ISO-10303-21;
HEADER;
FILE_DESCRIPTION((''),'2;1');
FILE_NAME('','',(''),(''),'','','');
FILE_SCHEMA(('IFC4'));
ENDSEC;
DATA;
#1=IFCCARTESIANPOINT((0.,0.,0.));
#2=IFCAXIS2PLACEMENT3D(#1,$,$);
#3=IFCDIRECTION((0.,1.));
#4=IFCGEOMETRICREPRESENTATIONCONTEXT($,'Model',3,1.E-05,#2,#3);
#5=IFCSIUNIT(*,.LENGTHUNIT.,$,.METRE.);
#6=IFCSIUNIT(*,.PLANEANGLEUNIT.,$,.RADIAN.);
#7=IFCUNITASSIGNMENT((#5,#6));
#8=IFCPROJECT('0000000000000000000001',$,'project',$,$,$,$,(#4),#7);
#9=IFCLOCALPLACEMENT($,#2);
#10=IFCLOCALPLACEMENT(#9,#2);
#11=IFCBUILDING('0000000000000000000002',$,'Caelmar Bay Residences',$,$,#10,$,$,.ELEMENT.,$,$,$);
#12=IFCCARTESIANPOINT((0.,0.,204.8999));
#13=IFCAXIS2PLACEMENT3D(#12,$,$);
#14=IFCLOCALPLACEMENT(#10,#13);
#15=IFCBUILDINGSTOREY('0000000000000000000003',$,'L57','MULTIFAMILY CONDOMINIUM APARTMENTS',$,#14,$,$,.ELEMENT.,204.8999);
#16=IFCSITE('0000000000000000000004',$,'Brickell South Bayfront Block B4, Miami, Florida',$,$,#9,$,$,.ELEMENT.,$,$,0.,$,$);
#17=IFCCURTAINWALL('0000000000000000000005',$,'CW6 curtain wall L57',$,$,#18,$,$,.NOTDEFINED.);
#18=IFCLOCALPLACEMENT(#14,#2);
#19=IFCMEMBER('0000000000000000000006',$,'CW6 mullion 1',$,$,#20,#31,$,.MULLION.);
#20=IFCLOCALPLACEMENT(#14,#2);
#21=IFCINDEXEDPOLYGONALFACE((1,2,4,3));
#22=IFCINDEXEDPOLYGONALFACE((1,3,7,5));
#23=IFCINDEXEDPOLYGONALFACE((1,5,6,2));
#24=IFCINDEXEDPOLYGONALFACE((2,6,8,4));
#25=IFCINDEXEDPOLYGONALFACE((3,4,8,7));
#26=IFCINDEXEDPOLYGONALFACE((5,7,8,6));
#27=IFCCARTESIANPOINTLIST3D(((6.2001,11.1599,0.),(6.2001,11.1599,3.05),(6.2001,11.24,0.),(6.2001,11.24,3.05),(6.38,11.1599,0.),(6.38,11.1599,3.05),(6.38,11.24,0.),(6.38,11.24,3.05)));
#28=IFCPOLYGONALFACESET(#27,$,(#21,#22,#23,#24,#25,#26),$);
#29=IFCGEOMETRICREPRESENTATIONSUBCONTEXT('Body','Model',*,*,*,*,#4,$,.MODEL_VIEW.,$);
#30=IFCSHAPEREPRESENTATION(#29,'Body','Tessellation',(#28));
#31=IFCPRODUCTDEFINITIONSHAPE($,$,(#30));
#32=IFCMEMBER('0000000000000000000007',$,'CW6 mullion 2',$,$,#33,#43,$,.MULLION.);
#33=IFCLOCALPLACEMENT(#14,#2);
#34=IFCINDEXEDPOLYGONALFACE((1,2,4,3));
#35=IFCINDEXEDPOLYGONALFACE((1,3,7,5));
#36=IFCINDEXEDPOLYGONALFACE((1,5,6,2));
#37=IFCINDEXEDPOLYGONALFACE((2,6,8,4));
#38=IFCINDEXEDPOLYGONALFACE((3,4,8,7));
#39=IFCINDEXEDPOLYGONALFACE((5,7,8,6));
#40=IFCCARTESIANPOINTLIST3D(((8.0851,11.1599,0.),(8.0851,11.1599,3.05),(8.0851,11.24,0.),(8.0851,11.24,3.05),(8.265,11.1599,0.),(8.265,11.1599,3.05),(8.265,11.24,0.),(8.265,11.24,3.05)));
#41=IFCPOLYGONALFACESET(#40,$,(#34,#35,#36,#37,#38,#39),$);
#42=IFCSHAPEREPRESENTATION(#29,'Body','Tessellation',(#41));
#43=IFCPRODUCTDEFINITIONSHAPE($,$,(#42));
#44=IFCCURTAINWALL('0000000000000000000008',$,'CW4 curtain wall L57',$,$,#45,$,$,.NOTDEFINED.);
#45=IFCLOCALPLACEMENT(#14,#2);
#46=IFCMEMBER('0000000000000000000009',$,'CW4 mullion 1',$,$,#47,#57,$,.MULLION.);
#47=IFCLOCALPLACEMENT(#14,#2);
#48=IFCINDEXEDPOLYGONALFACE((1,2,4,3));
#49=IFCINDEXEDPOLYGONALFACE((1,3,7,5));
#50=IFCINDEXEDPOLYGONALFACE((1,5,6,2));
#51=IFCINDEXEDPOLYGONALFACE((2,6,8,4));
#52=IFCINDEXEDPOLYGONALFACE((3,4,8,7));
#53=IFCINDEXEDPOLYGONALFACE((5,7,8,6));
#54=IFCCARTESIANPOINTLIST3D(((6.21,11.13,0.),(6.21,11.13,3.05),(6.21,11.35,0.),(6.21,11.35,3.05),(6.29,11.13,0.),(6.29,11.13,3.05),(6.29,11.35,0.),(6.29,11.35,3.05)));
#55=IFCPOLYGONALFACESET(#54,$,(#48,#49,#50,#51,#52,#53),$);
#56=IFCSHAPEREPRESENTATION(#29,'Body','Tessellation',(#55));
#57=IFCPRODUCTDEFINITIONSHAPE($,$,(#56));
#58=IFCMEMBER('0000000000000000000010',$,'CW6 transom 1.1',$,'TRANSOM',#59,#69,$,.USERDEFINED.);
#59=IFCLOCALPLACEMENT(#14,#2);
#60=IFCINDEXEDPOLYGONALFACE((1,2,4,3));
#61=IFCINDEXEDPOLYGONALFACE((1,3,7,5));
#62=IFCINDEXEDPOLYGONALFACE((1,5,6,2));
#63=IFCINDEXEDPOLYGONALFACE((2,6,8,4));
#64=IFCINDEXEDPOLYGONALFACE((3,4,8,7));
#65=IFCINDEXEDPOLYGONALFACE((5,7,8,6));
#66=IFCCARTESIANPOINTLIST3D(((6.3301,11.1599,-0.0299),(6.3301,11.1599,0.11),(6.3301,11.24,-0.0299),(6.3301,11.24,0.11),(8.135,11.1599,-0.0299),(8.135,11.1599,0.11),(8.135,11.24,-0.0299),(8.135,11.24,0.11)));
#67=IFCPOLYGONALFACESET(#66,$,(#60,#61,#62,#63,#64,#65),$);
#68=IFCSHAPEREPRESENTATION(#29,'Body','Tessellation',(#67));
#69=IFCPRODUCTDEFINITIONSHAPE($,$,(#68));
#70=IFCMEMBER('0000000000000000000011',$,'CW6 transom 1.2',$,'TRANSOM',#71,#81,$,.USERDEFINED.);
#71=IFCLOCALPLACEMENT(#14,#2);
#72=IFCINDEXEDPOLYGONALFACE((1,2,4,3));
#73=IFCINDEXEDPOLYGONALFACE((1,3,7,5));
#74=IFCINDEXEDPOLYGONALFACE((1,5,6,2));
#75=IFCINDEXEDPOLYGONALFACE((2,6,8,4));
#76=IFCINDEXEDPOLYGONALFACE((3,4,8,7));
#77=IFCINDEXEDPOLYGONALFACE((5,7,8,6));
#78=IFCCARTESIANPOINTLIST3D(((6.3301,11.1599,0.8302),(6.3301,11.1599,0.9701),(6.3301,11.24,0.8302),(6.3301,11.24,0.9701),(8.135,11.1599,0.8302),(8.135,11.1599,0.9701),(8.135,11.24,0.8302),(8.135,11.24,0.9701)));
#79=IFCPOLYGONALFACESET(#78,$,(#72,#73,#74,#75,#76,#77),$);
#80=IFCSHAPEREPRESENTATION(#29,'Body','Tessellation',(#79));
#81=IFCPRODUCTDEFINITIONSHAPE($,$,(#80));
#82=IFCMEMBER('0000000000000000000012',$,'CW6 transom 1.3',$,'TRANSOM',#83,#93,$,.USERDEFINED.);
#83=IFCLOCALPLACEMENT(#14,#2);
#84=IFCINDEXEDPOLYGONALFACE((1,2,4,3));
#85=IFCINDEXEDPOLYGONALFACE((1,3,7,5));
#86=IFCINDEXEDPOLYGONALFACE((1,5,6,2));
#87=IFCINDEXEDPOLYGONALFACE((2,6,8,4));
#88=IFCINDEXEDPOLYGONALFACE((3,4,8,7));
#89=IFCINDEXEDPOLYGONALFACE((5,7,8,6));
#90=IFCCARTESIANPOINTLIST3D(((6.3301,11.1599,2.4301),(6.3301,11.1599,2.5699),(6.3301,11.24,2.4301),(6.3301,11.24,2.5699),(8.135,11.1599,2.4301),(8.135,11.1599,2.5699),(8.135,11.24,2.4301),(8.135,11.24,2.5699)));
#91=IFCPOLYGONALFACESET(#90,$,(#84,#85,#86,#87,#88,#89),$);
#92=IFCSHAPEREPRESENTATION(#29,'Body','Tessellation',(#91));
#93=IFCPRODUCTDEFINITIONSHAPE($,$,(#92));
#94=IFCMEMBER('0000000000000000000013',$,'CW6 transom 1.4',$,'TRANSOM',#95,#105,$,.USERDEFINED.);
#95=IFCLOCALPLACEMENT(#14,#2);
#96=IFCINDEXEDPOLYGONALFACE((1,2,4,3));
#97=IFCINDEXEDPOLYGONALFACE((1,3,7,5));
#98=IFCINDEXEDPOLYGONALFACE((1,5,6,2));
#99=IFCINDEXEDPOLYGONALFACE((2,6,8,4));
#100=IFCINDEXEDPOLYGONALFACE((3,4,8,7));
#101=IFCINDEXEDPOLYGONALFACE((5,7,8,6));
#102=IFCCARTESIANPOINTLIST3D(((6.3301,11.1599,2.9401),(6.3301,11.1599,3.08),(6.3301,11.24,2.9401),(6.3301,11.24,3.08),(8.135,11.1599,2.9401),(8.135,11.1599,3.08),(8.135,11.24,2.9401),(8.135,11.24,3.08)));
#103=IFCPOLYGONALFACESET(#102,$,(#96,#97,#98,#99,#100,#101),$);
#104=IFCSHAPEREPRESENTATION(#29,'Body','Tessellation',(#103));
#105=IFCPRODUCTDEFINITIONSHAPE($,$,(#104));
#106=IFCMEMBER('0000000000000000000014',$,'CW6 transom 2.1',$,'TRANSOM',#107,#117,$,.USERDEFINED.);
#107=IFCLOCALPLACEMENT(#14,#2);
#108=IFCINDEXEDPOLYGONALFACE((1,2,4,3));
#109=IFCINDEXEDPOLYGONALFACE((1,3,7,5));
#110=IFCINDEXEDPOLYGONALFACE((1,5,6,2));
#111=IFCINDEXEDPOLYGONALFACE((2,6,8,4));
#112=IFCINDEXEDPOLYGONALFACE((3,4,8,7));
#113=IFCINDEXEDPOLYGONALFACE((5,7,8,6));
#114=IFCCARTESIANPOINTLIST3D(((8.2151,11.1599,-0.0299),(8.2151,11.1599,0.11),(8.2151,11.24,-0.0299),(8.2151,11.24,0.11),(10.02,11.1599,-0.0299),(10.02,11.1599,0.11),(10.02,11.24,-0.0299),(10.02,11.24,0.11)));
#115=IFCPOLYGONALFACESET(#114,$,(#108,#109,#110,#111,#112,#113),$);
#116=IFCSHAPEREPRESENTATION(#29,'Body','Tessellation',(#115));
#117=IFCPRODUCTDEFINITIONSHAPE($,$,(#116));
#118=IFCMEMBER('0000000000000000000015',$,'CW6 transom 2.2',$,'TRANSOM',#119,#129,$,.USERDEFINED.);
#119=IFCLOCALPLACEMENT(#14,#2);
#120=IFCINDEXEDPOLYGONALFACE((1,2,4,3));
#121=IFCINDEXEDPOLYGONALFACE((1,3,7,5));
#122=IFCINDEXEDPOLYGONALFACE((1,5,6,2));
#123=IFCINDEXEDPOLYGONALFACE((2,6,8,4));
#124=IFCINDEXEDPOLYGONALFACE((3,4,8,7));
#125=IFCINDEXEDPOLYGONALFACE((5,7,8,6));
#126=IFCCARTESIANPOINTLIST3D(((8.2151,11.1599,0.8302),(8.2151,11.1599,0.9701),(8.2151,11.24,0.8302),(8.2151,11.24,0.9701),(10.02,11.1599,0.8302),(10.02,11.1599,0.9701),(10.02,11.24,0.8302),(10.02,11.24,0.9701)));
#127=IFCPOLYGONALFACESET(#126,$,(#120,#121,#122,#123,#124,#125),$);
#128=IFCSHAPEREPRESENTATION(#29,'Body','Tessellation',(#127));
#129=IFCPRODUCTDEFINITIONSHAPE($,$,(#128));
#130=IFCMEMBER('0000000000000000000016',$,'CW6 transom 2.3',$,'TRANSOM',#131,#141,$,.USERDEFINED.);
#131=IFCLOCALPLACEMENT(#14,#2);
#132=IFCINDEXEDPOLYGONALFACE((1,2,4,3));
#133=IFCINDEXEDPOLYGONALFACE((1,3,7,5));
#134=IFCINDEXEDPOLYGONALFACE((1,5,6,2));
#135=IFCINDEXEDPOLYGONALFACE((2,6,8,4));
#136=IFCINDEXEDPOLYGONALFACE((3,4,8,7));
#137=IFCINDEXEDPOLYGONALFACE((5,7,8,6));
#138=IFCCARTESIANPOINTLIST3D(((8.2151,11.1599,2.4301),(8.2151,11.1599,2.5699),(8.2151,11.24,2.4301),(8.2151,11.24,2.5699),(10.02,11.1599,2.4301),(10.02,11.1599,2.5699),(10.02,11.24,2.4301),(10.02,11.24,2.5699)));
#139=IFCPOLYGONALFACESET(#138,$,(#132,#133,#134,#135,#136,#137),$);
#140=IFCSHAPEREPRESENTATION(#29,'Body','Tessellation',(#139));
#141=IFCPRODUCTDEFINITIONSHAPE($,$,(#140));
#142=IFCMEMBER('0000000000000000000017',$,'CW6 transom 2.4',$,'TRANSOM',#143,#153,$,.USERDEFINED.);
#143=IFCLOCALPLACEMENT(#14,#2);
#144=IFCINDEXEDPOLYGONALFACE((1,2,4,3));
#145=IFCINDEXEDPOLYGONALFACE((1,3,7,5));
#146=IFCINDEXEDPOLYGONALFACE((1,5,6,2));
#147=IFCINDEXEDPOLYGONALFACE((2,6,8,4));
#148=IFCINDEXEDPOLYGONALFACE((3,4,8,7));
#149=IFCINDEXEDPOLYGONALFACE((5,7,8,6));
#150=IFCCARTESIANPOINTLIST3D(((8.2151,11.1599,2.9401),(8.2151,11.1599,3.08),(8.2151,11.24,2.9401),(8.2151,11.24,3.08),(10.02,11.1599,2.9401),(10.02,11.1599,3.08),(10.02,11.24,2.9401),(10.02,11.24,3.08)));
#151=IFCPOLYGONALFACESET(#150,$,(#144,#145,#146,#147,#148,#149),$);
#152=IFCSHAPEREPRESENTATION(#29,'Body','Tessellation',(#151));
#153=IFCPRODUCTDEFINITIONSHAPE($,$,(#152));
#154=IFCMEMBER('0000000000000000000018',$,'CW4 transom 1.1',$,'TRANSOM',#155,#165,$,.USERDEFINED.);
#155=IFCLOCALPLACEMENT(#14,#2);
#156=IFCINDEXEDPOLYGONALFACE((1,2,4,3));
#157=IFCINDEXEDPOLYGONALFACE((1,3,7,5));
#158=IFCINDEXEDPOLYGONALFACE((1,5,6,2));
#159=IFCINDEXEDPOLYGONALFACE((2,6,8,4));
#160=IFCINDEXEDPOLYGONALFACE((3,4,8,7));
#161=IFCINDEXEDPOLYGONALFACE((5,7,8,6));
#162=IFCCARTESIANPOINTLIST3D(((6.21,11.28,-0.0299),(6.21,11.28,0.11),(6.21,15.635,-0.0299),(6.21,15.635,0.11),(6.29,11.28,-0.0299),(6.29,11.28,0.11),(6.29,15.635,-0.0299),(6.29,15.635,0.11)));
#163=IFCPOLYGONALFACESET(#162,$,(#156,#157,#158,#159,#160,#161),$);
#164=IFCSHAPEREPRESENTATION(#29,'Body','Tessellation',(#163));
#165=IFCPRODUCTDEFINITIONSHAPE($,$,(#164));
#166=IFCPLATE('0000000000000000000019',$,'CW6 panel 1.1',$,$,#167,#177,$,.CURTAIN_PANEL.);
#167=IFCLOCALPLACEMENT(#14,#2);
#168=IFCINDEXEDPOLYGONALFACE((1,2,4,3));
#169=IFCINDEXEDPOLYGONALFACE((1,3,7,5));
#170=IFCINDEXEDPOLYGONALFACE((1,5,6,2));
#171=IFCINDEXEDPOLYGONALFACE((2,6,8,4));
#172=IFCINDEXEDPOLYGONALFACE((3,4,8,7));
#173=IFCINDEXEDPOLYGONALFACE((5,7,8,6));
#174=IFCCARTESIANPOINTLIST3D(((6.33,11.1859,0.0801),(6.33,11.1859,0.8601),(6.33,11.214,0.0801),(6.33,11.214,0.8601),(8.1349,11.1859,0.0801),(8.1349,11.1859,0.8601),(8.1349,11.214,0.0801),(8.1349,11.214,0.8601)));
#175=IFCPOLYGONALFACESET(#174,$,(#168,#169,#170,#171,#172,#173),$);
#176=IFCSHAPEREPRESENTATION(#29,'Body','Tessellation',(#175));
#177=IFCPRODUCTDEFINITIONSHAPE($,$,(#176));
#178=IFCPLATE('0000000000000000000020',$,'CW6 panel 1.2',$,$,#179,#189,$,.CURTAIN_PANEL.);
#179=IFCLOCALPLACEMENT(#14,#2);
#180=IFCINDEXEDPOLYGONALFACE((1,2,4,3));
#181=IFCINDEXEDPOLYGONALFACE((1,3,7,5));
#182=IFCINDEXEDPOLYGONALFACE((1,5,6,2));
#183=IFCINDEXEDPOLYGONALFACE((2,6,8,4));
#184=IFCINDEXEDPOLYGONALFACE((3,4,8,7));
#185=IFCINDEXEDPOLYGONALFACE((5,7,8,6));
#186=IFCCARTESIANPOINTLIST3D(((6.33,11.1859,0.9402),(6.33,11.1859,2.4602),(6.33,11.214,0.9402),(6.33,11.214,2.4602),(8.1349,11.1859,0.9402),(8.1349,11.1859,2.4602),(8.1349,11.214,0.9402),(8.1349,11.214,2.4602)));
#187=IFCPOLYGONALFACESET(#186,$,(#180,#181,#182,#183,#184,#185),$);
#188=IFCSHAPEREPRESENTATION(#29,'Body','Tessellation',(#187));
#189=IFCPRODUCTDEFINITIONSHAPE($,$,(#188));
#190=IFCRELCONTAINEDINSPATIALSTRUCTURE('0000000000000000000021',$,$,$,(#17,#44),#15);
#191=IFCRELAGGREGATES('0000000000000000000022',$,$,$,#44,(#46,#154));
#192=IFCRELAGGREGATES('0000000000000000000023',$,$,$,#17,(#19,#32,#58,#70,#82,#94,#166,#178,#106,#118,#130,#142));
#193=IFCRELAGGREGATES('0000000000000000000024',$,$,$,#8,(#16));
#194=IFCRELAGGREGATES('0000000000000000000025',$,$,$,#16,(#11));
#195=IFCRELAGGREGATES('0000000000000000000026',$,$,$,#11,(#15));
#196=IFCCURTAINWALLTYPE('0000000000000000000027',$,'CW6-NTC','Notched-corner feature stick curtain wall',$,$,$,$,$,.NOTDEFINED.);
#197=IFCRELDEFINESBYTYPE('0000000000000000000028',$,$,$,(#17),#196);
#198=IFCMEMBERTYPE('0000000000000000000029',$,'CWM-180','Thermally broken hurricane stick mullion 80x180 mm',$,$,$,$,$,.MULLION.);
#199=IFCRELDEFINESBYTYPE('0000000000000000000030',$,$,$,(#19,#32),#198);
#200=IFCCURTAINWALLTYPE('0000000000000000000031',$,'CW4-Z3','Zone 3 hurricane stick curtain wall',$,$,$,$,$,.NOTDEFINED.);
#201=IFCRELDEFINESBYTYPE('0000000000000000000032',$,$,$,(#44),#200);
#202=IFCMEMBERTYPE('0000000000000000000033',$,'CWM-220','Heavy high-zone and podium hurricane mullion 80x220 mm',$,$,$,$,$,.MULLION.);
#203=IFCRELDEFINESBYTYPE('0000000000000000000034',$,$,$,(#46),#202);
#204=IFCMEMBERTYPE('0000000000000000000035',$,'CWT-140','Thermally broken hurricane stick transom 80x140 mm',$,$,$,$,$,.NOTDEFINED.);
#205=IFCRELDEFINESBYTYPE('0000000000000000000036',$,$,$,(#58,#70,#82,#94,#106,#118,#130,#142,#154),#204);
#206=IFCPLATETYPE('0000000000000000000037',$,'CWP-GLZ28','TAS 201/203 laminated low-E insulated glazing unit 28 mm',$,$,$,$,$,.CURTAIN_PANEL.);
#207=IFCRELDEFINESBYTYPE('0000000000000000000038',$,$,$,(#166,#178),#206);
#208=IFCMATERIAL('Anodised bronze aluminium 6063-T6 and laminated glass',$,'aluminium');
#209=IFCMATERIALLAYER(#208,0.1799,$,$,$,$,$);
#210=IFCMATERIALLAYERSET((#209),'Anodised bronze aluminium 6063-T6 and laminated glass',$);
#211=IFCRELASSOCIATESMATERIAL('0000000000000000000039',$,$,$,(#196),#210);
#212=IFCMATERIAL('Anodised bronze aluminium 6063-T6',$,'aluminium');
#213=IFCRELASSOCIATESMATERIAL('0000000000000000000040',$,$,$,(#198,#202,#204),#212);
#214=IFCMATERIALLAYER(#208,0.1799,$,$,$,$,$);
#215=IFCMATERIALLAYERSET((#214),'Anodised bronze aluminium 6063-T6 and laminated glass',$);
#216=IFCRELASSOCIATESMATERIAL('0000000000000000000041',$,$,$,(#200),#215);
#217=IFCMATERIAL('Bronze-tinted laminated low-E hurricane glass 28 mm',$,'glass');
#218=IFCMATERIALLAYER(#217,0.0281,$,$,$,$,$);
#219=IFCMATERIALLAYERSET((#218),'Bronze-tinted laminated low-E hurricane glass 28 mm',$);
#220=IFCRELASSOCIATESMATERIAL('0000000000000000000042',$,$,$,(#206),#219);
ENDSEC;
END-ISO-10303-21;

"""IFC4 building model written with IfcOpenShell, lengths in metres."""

from ifc_helpers import new_model, si_unit, direction, frame, origin, origin_2d, place, context, subcontext, project, spatial, rectangle, extrude, material, layer, layer_set, material_profile, profile_set, type_object, element, aggregate, save


model = new_model("IFC4")

# Units and contexts
model_context = context("Model", 3, precision=1e-05, world=origin(), true_north=direction((0.0, 1.0)))
body_context = subcontext(model_context, "Body", "Model", "MODEL_VIEW")
ifc_project = project(units=[si_unit("LENGTHUNIT", "METRE"), si_unit("PLANEANGLEUNIT", "RADIAN")], contexts=[model_context])

# Site, building, storey
site_placement = place(None, origin())
site = spatial("IfcSite", under=ifc_project, at=site_placement, Name="Brickell South Bayfront Block B4, Miami, Florida", CompositionType="ELEMENT", RefElevation=0.0)
building_placement = place(site_placement, origin())
building = spatial("IfcBuilding", under=site, at=building_placement, Name="Caelmar Bay Residences", CompositionType="ELEMENT")
storey_placement = place(building_placement, frame((0.0, 0.0, 204.8999)))
storey = spatial("IfcBuildingStorey", under=building, at=storey_placement, Name="L57", Description="MULTIFAMILY CONDOMINIUM APARTMENTS", CompositionType="ELEMENT", Elevation=204.8999)

# Curtain wall, members
ifc_material_1 = material(Name="Anodised bronze aluminium 6063-T6 and laminated glass", Category="aluminium")
ifc_layer_1 = layer(ifc_material_1, 0.1799)
ifc_layer_set_1 = layer_set([ifc_layer_1], Name="Anodised bronze aluminium 6063-T6 and laminated glass")
curtain_wall_type_1 = type_object("IfcCurtainWallType", Name="CW6-NTC", Description="Notched-corner feature stick curtain wall", PredefinedType="NOTDEFINED", material=ifc_layer_set_1)
curtain_wall_1_placement = place(storey_placement, origin())
curtain_wall_1 = element("IfcCurtainWall", 1, at=curtain_wall_1_placement, inside=storey, type_object=curtain_wall_type_1, Name="CW6 curtain wall L57", PredefinedType="NOTDEFINED")
ifc_material_2 = material(Name="Anodised bronze aluminium 6063-T6", Category="aluminium")
ifc_material_profile_1 = material_profile(ifc_material_2, rectangle(XDim=0.0801, YDim=0.1799, at=origin_2d()), Name="CWM-80X180")
ifc_profile_set_1 = profile_set([ifc_material_profile_1], Name="Anodised bronze aluminium 6063-T6")
member_type_1 = type_object("IfcMemberType", Name="CWM-180", Description="Thermally broken hurricane stick mullion 80x180 mm", PredefinedType="MULLION", material=ifc_profile_set_1)
member_1_placement = place(storey_placement, frame((6.29, 11.2, 0.0), z_axis=(0.0, 0.0, 1.0), x_axis=(0.0, 1.0, 0.0)))
member_1 = element("IfcMember", 2, at=member_1_placement, type_object=member_type_1, Name="CW6 mullion 1", PredefinedType="MULLION", context=body_context, shape_type="SweptSolid", body=[
    extrude(rectangle(XDim=0.0801, YDim=0.1799, at=origin_2d()), origin(), (0.0, 0.0, 1.0), 3.05),
])
member_2_placement = place(storey_placement, frame((8.175, 11.2, 0.0), z_axis=(0.0, 0.0, 1.0), x_axis=(0.0, 1.0, 0.0)))
member_2 = element("IfcMember", 3, at=member_2_placement, type_object=member_type_1, Name="CW6 mullion 2", PredefinedType="MULLION", context=body_context, shape_type="SweptSolid", body=[
    extrude(rectangle(XDim=0.0801, YDim=0.1799, at=origin_2d()), origin(), (0.0, 0.0, 1.0), 3.05),
])

# Curtain wall, member
ifc_layer_2 = layer(ifc_material_1, 0.1799)
ifc_layer_set_2 = layer_set([ifc_layer_2], Name="Anodised bronze aluminium 6063-T6 and laminated glass")
curtain_wall_type_2 = type_object("IfcCurtainWallType", Name="CW4-Z3", Description="Zone 3 hurricane stick curtain wall", PredefinedType="NOTDEFINED", material=ifc_layer_set_2)
curtain_wall_2_placement = place(storey_placement, origin())
curtain_wall_2 = element("IfcCurtainWall", 4, at=curtain_wall_2_placement, inside=storey, type_object=curtain_wall_type_2, Name="CW4 curtain wall L57", PredefinedType="NOTDEFINED")
ifc_material_profile_2 = material_profile(ifc_material_2, rectangle(XDim=0.0801, YDim=0.22, at=origin_2d()), Name="CWM-80X220")
ifc_profile_set_2 = profile_set([ifc_material_profile_2], Name="Anodised bronze aluminium 6063-T6")
member_type_2 = type_object("IfcMemberType", Name="CWM-220", Description="Heavy high-zone and podium hurricane mullion 80x220 mm", PredefinedType="MULLION", material=ifc_profile_set_2)
member_3_placement = place(storey_placement, frame((6.25, 11.24, 0.0), z_axis=(0.0, 0.0, 1.0), x_axis=(-1.0, 0.0, 0.0)))
member_3 = element("IfcMember", 5, at=member_3_placement, type_object=member_type_2, Name="CW4 mullion 1", PredefinedType="MULLION", context=body_context, shape_type="SweptSolid", body=[
    extrude(rectangle(XDim=0.0801, YDim=0.22, at=origin_2d()), origin(), (0.0, 0.0, 1.0), 3.05),
])

# Members
ifc_material_profile_3 = material_profile(ifc_material_2, rectangle(XDim=0.0801, YDim=0.1399, at=origin_2d()), Name="CWT-80X140")
ifc_profile_set_3 = profile_set([ifc_material_profile_3], Name="Anodised bronze aluminium 6063-T6")
member_type_3 = type_object("IfcMemberType", Name="CWT-140", Description="Thermally broken hurricane stick transom 80x140 mm", PredefinedType="NOTDEFINED", material=ifc_profile_set_3)
member_4_placement = place(storey_placement, frame((6.3301, 11.2, 0.04), z_axis=(1.0, 0.0, 0.0), x_axis=(0.0, 1.0, 0.0)))
member_4 = element("IfcMember", 6, at=member_4_placement, type_object=member_type_3, Name="CW6 transom 1.1", ObjectType="TRANSOM", PredefinedType="USERDEFINED", context=body_context, shape_type="SweptSolid", body=[
    extrude(rectangle(XDim=0.0801, YDim=0.1399, at=origin_2d()), origin(), (0.0, 0.0, 1.0), 1.8049),
])
member_5_placement = place(storey_placement, frame((6.3301, 11.2, 0.9001), z_axis=(1.0, 0.0, 0.0), x_axis=(0.0, 1.0, 0.0)))
member_5 = element("IfcMember", 7, at=member_5_placement, type_object=member_type_3, Name="CW6 transom 1.2", ObjectType="TRANSOM", PredefinedType="USERDEFINED", context=body_context, shape_type="SweptSolid", body=[
    extrude(rectangle(XDim=0.0801, YDim=0.1399, at=origin_2d()), origin(), (0.0, 0.0, 1.0), 1.8049),
])
member_6_placement = place(storey_placement, frame((6.3301, 11.2, 2.5), z_axis=(1.0, 0.0, 0.0), x_axis=(0.0, 1.0, 0.0)))
member_6 = element("IfcMember", 8, at=member_6_placement, type_object=member_type_3, Name="CW6 transom 1.3", ObjectType="TRANSOM", PredefinedType="USERDEFINED", context=body_context, shape_type="SweptSolid", body=[
    extrude(rectangle(XDim=0.0801, YDim=0.1399, at=origin_2d()), origin(), (0.0, 0.0, 1.0), 1.8049),
])
member_7_placement = place(storey_placement, frame((6.3301, 11.2, 3.01), z_axis=(1.0, 0.0, 0.0), x_axis=(0.0, 1.0, 0.0)))
member_7 = element("IfcMember", 9, at=member_7_placement, type_object=member_type_3, Name="CW6 transom 1.4", ObjectType="TRANSOM", PredefinedType="USERDEFINED", context=body_context, shape_type="SweptSolid", body=[
    extrude(rectangle(XDim=0.0801, YDim=0.1399, at=origin_2d()), origin(), (0.0, 0.0, 1.0), 1.8049),
])
member_8_placement = place(storey_placement, frame((8.2151, 11.2, 0.04), z_axis=(1.0, 0.0, 0.0), x_axis=(0.0, 1.0, 0.0)))
member_8 = element("IfcMember", 10, at=member_8_placement, type_object=member_type_3, Name="CW6 transom 2.1", ObjectType="TRANSOM", PredefinedType="USERDEFINED", context=body_context, shape_type="SweptSolid", body=[
    extrude(rectangle(XDim=0.0801, YDim=0.1399, at=origin_2d()), origin(), (0.0, 0.0, 1.0), 1.8049),
])
member_9_placement = place(storey_placement, frame((8.2151, 11.2, 0.9001), z_axis=(1.0, 0.0, 0.0), x_axis=(0.0, 1.0, 0.0)))
member_9 = element("IfcMember", 11, at=member_9_placement, type_object=member_type_3, Name="CW6 transom 2.2", ObjectType="TRANSOM", PredefinedType="USERDEFINED", context=body_context, shape_type="SweptSolid", body=[
    extrude(rectangle(XDim=0.0801, YDim=0.1399, at=origin_2d()), origin(), (0.0, 0.0, 1.0), 1.8049),
])
member_10_placement = place(storey_placement, frame((8.2151, 11.2, 2.5), z_axis=(1.0, 0.0, 0.0), x_axis=(0.0, 1.0, 0.0)))
member_10 = element("IfcMember", 12, at=member_10_placement, type_object=member_type_3, Name="CW6 transom 2.3", ObjectType="TRANSOM", PredefinedType="USERDEFINED", context=body_context, shape_type="SweptSolid", body=[
    extrude(rectangle(XDim=0.0801, YDim=0.1399, at=origin_2d()), origin(), (0.0, 0.0, 1.0), 1.8049),
])
member_11_placement = place(storey_placement, frame((8.2151, 11.2, 3.01), z_axis=(1.0, 0.0, 0.0), x_axis=(0.0, 1.0, 0.0)))
member_11 = element("IfcMember", 13, at=member_11_placement, type_object=member_type_3, Name="CW6 transom 2.4", ObjectType="TRANSOM", PredefinedType="USERDEFINED", context=body_context, shape_type="SweptSolid", body=[
    extrude(rectangle(XDim=0.0801, YDim=0.1399, at=origin_2d()), origin(), (0.0, 0.0, 1.0), 1.8049),
])
member_12_placement = place(storey_placement, frame((6.25, 11.28, 0.04), z_axis=(0.0, 1.0, 0.0), x_axis=(-1.0, 0.0, 0.0)))
member_12 = element("IfcMember", 14, at=member_12_placement, type_object=member_type_3, Name="CW4 transom 1.1", ObjectType="TRANSOM", PredefinedType="USERDEFINED", context=body_context, shape_type="SweptSolid", body=[
    extrude(rectangle(XDim=0.0801, YDim=0.1399, at=origin_2d()), origin(), (0.0, 0.0, 1.0), 4.355),
])
aggregate(curtain_wall_2, [member_3, member_12])

# Plates
ifc_material_3 = material(Name="Bronze-tinted laminated low-E hurricane glass 28 mm", Category="glass")
ifc_layer_3 = layer(ifc_material_3, 0.0281)
ifc_layer_set_3 = layer_set([ifc_layer_3], Name="Bronze-tinted laminated low-E hurricane glass 28 mm")
plate_type = type_object("IfcPlateType", Name="CWP-GLZ28", Description="TAS 201/203 laminated low-E insulated glazing unit 28 mm", PredefinedType="CURTAIN_PANEL", material=ifc_layer_set_3)
plate_1_placement = place(storey_placement, frame((7.2324, 11.2, 0.0801), z_axis=(0.0, 0.0, 1.0), x_axis=(1.0, 0.0, 0.0)))
plate_1 = element("IfcPlate", 15, at=plate_1_placement, type_object=plate_type, Name="CW6 panel 1.1", PredefinedType="CURTAIN_PANEL", context=body_context, shape_type="SweptSolid", body=[
    extrude(rectangle(XDim=1.8049, YDim=0.0281, at=origin_2d()), origin(), (0.0, 0.0, 1.0), 0.78),
])
plate_2_placement = place(storey_placement, frame((7.2324, 11.2, 0.9402), z_axis=(0.0, 0.0, 1.0), x_axis=(1.0, 0.0, 0.0)))
plate_2 = element("IfcPlate", 16, at=plate_2_placement, type_object=plate_type, Name="CW6 panel 1.2", PredefinedType="CURTAIN_PANEL", context=body_context, shape_type="SweptSolid", body=[
    extrude(rectangle(XDim=1.8049, YDim=0.0281, at=origin_2d()), origin(), (0.0, 0.0, 1.0), 1.52),
])
aggregate(curtain_wall_1, [member_1, member_2, member_4, member_5, member_6, member_7, plate_1, plate_2, member_8, member_9, member_10, member_11])

save(model, "model.ifc")
